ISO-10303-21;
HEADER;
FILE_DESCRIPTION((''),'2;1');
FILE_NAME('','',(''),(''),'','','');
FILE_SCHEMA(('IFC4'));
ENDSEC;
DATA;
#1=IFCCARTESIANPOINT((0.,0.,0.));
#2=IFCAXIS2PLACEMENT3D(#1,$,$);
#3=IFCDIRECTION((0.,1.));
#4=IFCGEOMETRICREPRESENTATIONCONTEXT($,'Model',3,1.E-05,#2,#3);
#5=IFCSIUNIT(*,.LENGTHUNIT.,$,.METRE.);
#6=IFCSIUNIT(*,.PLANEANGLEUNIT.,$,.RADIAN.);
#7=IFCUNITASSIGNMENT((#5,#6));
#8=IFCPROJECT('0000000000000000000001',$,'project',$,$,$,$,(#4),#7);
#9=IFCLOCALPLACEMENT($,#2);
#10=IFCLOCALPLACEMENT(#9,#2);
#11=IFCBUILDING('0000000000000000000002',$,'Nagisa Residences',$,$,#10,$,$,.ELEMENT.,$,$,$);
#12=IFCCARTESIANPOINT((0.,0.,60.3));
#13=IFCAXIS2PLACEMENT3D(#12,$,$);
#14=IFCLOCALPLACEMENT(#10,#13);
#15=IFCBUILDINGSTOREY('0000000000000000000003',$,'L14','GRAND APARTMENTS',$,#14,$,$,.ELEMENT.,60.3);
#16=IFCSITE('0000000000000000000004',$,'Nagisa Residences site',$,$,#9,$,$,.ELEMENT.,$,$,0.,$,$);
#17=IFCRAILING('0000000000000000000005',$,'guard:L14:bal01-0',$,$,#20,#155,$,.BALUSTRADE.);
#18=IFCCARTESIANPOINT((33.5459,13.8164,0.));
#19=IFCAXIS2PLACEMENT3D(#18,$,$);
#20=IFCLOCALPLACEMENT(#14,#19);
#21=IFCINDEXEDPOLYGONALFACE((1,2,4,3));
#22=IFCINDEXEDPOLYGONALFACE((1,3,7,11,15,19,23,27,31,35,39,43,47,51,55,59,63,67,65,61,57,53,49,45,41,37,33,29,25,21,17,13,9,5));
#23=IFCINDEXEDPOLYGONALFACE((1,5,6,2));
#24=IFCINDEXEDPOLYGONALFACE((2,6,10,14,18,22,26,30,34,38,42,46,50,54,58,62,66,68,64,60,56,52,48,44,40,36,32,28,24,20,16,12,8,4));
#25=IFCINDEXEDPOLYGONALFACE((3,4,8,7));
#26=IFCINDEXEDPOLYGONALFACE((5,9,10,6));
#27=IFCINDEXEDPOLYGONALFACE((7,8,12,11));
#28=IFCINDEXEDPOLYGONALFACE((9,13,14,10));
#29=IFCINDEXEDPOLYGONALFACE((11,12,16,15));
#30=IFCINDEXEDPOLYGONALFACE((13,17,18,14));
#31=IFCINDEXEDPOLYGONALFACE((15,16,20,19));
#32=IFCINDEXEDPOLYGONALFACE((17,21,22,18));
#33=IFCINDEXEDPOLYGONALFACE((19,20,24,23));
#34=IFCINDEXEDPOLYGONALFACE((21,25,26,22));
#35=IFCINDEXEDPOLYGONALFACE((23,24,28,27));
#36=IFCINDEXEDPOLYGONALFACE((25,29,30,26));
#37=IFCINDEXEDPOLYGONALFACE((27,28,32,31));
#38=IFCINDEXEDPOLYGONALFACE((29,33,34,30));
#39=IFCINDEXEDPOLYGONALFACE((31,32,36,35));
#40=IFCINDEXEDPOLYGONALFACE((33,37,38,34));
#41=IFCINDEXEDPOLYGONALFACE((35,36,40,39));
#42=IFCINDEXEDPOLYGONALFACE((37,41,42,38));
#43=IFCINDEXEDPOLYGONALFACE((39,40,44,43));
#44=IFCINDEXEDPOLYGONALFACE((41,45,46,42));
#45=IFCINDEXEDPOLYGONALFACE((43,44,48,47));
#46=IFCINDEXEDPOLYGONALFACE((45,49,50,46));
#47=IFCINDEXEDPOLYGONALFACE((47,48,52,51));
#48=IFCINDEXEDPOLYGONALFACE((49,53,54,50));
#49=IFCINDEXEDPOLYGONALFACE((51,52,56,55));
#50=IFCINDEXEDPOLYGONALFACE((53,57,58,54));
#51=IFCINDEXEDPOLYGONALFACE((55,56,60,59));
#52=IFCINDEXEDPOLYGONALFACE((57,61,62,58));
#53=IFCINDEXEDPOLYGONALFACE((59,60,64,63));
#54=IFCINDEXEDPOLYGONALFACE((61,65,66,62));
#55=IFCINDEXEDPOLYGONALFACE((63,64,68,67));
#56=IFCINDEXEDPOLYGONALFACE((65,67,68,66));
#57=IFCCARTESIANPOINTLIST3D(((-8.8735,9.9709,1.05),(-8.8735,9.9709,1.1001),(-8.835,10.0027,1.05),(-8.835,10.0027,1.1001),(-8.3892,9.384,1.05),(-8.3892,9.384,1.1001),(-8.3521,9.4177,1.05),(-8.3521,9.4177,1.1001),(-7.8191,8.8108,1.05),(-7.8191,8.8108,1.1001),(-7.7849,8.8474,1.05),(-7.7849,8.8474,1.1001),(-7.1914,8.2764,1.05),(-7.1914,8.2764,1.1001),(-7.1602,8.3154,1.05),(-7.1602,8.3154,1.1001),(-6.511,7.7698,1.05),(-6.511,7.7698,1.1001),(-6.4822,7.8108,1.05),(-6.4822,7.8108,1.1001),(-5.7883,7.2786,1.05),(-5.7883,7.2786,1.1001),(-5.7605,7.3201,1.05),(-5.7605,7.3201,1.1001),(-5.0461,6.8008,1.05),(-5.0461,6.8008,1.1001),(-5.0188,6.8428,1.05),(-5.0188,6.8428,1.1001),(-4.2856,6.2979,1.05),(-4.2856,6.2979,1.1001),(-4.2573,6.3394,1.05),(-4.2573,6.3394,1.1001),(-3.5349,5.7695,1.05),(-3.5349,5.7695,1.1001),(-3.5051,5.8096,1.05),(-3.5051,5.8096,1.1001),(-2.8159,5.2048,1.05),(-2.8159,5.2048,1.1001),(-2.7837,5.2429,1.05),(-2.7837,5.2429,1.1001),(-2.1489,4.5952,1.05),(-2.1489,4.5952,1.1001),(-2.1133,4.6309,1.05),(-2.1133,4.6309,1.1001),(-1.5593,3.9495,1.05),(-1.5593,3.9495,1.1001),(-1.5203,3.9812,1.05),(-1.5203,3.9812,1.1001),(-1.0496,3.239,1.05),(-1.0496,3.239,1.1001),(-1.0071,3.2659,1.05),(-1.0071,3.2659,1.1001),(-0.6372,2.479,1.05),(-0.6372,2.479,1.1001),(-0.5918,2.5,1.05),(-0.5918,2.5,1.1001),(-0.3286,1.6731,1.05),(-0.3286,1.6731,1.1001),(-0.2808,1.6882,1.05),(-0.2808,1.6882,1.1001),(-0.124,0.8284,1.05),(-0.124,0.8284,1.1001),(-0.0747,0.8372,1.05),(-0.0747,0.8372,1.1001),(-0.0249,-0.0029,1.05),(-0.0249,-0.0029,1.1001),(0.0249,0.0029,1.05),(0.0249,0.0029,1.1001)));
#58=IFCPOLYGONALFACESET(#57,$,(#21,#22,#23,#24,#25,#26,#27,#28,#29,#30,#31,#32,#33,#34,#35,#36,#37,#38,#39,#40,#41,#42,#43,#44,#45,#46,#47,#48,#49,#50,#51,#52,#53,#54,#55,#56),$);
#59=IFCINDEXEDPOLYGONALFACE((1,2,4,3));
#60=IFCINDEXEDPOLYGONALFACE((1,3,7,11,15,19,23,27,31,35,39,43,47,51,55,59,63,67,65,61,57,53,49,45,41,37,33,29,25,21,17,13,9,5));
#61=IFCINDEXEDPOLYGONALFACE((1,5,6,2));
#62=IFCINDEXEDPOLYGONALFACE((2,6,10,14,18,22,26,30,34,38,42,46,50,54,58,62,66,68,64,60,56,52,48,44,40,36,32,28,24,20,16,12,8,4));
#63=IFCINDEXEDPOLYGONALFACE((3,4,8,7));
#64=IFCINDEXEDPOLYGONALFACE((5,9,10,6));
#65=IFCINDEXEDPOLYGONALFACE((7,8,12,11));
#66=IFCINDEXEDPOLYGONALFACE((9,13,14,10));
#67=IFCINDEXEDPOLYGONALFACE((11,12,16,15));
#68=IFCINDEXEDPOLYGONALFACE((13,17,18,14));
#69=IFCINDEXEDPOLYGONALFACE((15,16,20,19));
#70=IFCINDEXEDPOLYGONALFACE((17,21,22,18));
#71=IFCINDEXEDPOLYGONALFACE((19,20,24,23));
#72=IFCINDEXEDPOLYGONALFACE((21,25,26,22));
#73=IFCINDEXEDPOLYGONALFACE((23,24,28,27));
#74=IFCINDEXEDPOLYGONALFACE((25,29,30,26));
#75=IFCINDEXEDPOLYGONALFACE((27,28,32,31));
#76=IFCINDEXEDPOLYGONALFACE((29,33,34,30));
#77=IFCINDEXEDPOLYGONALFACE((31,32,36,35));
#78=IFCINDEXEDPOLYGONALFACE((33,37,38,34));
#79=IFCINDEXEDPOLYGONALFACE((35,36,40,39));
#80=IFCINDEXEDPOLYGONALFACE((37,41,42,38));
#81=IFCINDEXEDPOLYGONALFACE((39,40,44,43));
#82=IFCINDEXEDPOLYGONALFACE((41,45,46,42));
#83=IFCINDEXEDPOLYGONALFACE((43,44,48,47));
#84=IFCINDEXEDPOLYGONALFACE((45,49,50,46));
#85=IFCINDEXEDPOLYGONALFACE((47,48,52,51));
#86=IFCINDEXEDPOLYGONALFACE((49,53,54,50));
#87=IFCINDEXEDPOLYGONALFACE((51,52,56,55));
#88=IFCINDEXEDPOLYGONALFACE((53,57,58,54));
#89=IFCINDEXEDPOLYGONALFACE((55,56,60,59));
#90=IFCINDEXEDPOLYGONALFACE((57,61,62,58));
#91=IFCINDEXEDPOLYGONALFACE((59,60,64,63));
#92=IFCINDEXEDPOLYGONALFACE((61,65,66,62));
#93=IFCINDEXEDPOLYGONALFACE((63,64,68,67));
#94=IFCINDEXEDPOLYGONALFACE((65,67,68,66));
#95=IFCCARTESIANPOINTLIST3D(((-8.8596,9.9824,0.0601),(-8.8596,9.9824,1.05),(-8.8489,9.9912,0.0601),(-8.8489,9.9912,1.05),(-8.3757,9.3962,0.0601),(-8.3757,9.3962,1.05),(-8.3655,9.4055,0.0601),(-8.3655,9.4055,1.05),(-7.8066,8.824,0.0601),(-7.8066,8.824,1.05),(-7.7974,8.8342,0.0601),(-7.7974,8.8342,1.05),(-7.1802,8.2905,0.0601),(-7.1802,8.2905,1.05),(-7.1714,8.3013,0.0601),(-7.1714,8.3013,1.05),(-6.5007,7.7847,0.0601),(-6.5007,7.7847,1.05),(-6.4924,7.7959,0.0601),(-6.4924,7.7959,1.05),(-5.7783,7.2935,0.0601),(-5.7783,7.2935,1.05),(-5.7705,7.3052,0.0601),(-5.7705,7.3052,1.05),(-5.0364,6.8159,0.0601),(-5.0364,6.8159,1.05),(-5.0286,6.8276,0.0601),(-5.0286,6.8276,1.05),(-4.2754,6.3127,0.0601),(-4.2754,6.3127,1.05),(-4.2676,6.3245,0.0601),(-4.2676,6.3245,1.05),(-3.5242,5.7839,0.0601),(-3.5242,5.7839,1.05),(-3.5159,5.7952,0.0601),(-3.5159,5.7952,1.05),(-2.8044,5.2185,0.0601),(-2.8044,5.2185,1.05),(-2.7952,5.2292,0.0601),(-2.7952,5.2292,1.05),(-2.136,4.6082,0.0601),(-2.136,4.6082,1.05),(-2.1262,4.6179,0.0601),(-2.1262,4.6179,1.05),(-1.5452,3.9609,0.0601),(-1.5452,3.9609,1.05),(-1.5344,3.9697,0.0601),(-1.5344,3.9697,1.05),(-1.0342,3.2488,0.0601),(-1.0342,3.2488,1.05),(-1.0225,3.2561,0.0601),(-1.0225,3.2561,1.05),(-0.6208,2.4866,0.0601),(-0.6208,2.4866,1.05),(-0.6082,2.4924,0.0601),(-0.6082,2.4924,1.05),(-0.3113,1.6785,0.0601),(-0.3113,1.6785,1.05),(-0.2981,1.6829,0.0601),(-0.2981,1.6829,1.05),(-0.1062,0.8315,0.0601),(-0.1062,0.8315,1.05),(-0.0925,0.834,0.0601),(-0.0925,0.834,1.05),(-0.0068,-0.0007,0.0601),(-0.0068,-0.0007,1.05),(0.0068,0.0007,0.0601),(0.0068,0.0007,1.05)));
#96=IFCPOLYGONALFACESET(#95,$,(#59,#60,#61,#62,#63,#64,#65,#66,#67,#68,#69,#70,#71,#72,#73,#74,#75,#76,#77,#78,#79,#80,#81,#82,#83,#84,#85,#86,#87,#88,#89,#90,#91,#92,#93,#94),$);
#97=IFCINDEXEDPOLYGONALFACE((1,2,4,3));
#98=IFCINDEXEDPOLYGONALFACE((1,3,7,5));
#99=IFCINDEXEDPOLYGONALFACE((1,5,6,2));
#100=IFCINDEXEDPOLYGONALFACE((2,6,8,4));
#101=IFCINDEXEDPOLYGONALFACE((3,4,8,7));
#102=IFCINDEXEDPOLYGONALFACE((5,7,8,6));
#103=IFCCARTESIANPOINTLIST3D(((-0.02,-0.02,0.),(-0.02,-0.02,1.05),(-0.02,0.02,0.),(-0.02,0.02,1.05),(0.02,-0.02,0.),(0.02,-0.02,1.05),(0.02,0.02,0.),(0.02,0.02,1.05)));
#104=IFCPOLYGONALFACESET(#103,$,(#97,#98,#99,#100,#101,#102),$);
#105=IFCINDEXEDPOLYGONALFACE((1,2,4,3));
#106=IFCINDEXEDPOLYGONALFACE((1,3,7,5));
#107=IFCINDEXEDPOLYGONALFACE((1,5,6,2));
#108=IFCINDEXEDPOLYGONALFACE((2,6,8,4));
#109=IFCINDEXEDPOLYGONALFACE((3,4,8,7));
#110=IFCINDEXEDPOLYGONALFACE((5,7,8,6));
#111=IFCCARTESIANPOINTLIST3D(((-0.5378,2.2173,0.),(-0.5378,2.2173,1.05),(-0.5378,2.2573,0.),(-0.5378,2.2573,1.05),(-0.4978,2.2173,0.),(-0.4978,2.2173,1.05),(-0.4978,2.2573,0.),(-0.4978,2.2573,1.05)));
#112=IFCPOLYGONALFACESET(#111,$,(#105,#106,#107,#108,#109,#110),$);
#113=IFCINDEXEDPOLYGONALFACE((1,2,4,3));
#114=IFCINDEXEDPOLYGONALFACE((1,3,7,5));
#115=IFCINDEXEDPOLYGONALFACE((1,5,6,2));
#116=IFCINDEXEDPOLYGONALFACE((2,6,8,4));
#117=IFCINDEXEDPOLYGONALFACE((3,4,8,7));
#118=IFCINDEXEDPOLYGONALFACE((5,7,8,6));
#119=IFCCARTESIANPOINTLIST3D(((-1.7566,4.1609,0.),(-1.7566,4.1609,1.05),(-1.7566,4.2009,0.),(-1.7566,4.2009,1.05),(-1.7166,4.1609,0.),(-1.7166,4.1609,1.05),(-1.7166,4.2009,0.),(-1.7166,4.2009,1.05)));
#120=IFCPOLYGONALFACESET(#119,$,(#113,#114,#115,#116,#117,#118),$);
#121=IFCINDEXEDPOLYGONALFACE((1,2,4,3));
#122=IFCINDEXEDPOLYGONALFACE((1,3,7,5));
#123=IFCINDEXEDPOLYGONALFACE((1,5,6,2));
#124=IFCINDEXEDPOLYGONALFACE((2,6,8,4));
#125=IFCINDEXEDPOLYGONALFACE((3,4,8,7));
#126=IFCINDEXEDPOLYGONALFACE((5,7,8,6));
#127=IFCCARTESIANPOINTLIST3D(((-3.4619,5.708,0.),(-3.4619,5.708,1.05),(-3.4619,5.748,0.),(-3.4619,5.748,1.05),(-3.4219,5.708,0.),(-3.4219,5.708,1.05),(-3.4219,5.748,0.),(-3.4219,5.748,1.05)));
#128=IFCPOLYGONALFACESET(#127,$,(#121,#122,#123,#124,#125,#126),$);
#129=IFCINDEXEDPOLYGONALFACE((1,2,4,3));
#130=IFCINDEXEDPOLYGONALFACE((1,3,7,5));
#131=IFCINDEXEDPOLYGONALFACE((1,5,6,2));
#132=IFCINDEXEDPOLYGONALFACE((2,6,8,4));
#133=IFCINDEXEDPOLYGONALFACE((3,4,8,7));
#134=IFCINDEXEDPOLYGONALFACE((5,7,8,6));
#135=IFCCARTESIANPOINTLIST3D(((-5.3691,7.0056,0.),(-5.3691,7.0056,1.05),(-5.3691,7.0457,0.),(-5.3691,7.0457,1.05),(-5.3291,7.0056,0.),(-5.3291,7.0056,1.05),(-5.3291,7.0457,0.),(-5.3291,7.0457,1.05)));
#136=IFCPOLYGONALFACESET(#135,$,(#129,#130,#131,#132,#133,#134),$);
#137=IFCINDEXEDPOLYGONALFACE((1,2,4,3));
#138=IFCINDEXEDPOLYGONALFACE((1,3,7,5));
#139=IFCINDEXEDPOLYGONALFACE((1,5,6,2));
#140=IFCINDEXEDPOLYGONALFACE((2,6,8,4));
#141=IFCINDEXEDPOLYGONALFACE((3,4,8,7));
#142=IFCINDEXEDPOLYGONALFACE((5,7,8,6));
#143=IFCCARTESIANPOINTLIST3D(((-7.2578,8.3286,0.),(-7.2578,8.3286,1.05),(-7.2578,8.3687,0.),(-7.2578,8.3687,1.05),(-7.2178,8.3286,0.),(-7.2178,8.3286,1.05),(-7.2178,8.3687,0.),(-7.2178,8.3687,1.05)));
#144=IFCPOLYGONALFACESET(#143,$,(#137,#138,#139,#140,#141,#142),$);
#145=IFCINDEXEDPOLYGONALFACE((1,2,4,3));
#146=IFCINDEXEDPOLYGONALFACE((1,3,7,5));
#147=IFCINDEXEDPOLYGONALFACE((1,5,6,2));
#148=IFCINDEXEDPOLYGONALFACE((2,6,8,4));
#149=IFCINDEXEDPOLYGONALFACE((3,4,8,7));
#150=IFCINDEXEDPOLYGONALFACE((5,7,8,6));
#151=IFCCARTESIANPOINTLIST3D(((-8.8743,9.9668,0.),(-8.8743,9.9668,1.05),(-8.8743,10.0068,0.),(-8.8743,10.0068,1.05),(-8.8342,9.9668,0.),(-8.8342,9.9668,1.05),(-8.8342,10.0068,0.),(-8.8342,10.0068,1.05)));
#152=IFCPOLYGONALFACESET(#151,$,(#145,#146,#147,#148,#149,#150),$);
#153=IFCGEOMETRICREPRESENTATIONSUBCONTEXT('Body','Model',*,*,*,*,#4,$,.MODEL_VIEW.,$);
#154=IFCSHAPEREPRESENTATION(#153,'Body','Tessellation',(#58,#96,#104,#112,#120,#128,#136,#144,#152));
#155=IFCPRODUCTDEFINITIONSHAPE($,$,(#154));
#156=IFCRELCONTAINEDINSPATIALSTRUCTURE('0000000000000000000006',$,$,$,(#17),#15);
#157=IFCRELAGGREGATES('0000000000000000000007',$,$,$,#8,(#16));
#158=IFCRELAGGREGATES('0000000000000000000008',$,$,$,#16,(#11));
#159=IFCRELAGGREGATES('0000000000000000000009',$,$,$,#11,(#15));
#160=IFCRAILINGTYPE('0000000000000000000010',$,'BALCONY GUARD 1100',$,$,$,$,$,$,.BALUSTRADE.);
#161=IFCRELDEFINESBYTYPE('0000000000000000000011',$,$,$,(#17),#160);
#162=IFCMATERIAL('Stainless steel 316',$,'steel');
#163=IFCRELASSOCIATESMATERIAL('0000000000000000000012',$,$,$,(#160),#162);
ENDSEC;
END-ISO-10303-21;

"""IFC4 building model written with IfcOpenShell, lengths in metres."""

from ifc_helpers import new_model, si_unit, direction, frame, origin, origin_2d, place, context, subcontext, project, spatial, polyline, rectangle, outline, extrude, material, type_object, element, save


model = new_model("IFC4")

# Units and contexts
model_context = context("Model", 3, precision=1e-05, world=origin(), true_north=direction((0.0, 1.0)))
body_context = subcontext(model_context, "Body", "Model", "MODEL_VIEW")
ifc_project = project(units=[si_unit("LENGTHUNIT", "METRE"), si_unit("PLANEANGLEUNIT", "RADIAN")], contexts=[model_context])

# Site, building, storey
site_placement = place(None, origin())
site = spatial("IfcSite", under=ifc_project, at=site_placement, Name="Nagisa Residences site", CompositionType="ELEMENT", RefElevation=0.0)
building_placement = place(site_placement, origin())
building = spatial("IfcBuilding", under=site, at=building_placement, Name="Nagisa Residences", CompositionType="ELEMENT")
storey_placement = place(building_placement, frame((0.0, 0.0, 60.3)))
storey = spatial("IfcBuildingStorey", under=building, at=storey_placement, Name="L14", Description="GRAND APARTMENTS", CompositionType="ELEMENT", Elevation=60.3)

# Railing
ifc_material_1 = material(Name="Stainless steel 316", Category="steel")
railing_type = type_object("IfcRailingType", Name="BALCONY GUARD 1100", PredefinedType="BALUSTRADE", material=ifc_material_1)
railing_1_placement = place(storey_placement, frame((33.5459, 13.8164, 0.0)))
element("IfcRailing", 1, at=railing_1_placement, inside=storey, type_object=railing_type, Name="guard:L14:bal01-0", PredefinedType="BALUSTRADE", context=body_context, shape_type="SweptSolid", body=[
    extrude(outline(polyline([(-0.124, 0.8284), (-0.0249, -0.0029), (0.0249, 0.0029), (-0.0747, 0.8372), (-0.2808, 1.6882), (-0.5918, 2.5), (-1.0071, 3.2659), (-1.5203, 3.9812), (-2.1133, 4.6309), (-2.7837, 5.2429), (-3.5051, 5.8096), (-4.2573, 6.3394), (-5.0188, 6.8428), (-5.7605, 7.3201), (-6.4822, 7.8108), (-7.1602, 8.3154), (-7.7849, 8.8474), (-8.3521, 9.4177), (-8.835, 10.0027), (-8.8735, 9.9709), (-8.3892, 9.384), (-7.8191, 8.8108), (-7.1914, 8.2764), (-6.511, 7.7698), (-5.7883, 7.2786), (-5.0461, 6.8008), (-4.2856, 6.2979), (-3.5349, 5.7695), (-2.8159, 5.2048), (-2.1489, 4.5952), (-1.5593, 3.9495), (-1.0496, 3.239), (-0.6372, 2.479), (-0.3286, 1.6731), (-0.124, 0.8284)])), frame((0.0, 0.0, 1.05)), (0.0, 0.0, 1.0), 0.05),
    extrude(outline(polyline([(-0.1062, 0.8315), (-0.0068, -0.0007), (0.0068, 0.0007), (-0.0925, 0.834), (-0.2981, 1.6829), (-0.6082, 2.4924), (-1.0225, 3.2561), (-1.5344, 3.9697), (-2.1262, 4.6179), (-2.7952, 5.2292), (-3.5159, 5.7952), (-4.2676, 6.3245), (-5.0286, 6.8276), (-5.7705, 7.3052), (-6.4924, 7.7959), (-7.1714, 8.3013), (-7.7974, 8.8342), (-8.3655, 9.4055), (-8.8489, 9.9912), (-8.8596, 9.9824), (-8.3757, 9.3962), (-7.8066, 8.824), (-7.1802, 8.2905), (-6.5007, 7.7847), (-5.7783, 7.2935), (-5.0364, 6.8159), (-4.2754, 6.3127), (-3.5242, 5.7839), (-2.8044, 5.2185), (-2.136, 4.6082), (-1.5452, 3.9609), (-1.0342, 3.2488), (-0.6208, 2.4866), (-0.3113, 1.6785), (-0.1062, 0.8315)])), frame((0.0, 0.0, 0.0601)), (0.0, 0.0, 1.0), 0.99),
    extrude(rectangle(XDim=0.04, YDim=0.04, at=origin_2d()), origin(), (0.0, 0.0, 1.0), 1.05),
    extrude(rectangle(XDim=0.04, YDim=0.04, at=origin_2d()), frame((-0.5178, 2.2373, 0.0)), (0.0, 0.0, 1.0), 1.05),
    extrude(rectangle(XDim=0.04, YDim=0.04, at=origin_2d()), frame((-1.7366, 4.1809, 0.0)), (0.0, 0.0, 1.0), 1.05),
    extrude(rectangle(XDim=0.04, YDim=0.04, at=origin_2d()), frame((-3.4419, 5.728, 0.0)), (0.0, 0.0, 1.0), 1.05),
    extrude(rectangle(XDim=0.04, YDim=0.04, at=origin_2d()), frame((-5.3491, 7.0256, 0.0)), (0.0, 0.0, 1.0), 1.05),
    extrude(rectangle(XDim=0.04, YDim=0.04, at=origin_2d()), frame((-7.2378, 8.3486, 0.0)), (0.0, 0.0, 1.0), 1.05),
    extrude(rectangle(XDim=0.04, YDim=0.04, at=origin_2d()), frame((-8.8542, 9.9868, 0.0)), (0.0, 0.0, 1.0), 1.05),
])

save(model, "model.ifc")
